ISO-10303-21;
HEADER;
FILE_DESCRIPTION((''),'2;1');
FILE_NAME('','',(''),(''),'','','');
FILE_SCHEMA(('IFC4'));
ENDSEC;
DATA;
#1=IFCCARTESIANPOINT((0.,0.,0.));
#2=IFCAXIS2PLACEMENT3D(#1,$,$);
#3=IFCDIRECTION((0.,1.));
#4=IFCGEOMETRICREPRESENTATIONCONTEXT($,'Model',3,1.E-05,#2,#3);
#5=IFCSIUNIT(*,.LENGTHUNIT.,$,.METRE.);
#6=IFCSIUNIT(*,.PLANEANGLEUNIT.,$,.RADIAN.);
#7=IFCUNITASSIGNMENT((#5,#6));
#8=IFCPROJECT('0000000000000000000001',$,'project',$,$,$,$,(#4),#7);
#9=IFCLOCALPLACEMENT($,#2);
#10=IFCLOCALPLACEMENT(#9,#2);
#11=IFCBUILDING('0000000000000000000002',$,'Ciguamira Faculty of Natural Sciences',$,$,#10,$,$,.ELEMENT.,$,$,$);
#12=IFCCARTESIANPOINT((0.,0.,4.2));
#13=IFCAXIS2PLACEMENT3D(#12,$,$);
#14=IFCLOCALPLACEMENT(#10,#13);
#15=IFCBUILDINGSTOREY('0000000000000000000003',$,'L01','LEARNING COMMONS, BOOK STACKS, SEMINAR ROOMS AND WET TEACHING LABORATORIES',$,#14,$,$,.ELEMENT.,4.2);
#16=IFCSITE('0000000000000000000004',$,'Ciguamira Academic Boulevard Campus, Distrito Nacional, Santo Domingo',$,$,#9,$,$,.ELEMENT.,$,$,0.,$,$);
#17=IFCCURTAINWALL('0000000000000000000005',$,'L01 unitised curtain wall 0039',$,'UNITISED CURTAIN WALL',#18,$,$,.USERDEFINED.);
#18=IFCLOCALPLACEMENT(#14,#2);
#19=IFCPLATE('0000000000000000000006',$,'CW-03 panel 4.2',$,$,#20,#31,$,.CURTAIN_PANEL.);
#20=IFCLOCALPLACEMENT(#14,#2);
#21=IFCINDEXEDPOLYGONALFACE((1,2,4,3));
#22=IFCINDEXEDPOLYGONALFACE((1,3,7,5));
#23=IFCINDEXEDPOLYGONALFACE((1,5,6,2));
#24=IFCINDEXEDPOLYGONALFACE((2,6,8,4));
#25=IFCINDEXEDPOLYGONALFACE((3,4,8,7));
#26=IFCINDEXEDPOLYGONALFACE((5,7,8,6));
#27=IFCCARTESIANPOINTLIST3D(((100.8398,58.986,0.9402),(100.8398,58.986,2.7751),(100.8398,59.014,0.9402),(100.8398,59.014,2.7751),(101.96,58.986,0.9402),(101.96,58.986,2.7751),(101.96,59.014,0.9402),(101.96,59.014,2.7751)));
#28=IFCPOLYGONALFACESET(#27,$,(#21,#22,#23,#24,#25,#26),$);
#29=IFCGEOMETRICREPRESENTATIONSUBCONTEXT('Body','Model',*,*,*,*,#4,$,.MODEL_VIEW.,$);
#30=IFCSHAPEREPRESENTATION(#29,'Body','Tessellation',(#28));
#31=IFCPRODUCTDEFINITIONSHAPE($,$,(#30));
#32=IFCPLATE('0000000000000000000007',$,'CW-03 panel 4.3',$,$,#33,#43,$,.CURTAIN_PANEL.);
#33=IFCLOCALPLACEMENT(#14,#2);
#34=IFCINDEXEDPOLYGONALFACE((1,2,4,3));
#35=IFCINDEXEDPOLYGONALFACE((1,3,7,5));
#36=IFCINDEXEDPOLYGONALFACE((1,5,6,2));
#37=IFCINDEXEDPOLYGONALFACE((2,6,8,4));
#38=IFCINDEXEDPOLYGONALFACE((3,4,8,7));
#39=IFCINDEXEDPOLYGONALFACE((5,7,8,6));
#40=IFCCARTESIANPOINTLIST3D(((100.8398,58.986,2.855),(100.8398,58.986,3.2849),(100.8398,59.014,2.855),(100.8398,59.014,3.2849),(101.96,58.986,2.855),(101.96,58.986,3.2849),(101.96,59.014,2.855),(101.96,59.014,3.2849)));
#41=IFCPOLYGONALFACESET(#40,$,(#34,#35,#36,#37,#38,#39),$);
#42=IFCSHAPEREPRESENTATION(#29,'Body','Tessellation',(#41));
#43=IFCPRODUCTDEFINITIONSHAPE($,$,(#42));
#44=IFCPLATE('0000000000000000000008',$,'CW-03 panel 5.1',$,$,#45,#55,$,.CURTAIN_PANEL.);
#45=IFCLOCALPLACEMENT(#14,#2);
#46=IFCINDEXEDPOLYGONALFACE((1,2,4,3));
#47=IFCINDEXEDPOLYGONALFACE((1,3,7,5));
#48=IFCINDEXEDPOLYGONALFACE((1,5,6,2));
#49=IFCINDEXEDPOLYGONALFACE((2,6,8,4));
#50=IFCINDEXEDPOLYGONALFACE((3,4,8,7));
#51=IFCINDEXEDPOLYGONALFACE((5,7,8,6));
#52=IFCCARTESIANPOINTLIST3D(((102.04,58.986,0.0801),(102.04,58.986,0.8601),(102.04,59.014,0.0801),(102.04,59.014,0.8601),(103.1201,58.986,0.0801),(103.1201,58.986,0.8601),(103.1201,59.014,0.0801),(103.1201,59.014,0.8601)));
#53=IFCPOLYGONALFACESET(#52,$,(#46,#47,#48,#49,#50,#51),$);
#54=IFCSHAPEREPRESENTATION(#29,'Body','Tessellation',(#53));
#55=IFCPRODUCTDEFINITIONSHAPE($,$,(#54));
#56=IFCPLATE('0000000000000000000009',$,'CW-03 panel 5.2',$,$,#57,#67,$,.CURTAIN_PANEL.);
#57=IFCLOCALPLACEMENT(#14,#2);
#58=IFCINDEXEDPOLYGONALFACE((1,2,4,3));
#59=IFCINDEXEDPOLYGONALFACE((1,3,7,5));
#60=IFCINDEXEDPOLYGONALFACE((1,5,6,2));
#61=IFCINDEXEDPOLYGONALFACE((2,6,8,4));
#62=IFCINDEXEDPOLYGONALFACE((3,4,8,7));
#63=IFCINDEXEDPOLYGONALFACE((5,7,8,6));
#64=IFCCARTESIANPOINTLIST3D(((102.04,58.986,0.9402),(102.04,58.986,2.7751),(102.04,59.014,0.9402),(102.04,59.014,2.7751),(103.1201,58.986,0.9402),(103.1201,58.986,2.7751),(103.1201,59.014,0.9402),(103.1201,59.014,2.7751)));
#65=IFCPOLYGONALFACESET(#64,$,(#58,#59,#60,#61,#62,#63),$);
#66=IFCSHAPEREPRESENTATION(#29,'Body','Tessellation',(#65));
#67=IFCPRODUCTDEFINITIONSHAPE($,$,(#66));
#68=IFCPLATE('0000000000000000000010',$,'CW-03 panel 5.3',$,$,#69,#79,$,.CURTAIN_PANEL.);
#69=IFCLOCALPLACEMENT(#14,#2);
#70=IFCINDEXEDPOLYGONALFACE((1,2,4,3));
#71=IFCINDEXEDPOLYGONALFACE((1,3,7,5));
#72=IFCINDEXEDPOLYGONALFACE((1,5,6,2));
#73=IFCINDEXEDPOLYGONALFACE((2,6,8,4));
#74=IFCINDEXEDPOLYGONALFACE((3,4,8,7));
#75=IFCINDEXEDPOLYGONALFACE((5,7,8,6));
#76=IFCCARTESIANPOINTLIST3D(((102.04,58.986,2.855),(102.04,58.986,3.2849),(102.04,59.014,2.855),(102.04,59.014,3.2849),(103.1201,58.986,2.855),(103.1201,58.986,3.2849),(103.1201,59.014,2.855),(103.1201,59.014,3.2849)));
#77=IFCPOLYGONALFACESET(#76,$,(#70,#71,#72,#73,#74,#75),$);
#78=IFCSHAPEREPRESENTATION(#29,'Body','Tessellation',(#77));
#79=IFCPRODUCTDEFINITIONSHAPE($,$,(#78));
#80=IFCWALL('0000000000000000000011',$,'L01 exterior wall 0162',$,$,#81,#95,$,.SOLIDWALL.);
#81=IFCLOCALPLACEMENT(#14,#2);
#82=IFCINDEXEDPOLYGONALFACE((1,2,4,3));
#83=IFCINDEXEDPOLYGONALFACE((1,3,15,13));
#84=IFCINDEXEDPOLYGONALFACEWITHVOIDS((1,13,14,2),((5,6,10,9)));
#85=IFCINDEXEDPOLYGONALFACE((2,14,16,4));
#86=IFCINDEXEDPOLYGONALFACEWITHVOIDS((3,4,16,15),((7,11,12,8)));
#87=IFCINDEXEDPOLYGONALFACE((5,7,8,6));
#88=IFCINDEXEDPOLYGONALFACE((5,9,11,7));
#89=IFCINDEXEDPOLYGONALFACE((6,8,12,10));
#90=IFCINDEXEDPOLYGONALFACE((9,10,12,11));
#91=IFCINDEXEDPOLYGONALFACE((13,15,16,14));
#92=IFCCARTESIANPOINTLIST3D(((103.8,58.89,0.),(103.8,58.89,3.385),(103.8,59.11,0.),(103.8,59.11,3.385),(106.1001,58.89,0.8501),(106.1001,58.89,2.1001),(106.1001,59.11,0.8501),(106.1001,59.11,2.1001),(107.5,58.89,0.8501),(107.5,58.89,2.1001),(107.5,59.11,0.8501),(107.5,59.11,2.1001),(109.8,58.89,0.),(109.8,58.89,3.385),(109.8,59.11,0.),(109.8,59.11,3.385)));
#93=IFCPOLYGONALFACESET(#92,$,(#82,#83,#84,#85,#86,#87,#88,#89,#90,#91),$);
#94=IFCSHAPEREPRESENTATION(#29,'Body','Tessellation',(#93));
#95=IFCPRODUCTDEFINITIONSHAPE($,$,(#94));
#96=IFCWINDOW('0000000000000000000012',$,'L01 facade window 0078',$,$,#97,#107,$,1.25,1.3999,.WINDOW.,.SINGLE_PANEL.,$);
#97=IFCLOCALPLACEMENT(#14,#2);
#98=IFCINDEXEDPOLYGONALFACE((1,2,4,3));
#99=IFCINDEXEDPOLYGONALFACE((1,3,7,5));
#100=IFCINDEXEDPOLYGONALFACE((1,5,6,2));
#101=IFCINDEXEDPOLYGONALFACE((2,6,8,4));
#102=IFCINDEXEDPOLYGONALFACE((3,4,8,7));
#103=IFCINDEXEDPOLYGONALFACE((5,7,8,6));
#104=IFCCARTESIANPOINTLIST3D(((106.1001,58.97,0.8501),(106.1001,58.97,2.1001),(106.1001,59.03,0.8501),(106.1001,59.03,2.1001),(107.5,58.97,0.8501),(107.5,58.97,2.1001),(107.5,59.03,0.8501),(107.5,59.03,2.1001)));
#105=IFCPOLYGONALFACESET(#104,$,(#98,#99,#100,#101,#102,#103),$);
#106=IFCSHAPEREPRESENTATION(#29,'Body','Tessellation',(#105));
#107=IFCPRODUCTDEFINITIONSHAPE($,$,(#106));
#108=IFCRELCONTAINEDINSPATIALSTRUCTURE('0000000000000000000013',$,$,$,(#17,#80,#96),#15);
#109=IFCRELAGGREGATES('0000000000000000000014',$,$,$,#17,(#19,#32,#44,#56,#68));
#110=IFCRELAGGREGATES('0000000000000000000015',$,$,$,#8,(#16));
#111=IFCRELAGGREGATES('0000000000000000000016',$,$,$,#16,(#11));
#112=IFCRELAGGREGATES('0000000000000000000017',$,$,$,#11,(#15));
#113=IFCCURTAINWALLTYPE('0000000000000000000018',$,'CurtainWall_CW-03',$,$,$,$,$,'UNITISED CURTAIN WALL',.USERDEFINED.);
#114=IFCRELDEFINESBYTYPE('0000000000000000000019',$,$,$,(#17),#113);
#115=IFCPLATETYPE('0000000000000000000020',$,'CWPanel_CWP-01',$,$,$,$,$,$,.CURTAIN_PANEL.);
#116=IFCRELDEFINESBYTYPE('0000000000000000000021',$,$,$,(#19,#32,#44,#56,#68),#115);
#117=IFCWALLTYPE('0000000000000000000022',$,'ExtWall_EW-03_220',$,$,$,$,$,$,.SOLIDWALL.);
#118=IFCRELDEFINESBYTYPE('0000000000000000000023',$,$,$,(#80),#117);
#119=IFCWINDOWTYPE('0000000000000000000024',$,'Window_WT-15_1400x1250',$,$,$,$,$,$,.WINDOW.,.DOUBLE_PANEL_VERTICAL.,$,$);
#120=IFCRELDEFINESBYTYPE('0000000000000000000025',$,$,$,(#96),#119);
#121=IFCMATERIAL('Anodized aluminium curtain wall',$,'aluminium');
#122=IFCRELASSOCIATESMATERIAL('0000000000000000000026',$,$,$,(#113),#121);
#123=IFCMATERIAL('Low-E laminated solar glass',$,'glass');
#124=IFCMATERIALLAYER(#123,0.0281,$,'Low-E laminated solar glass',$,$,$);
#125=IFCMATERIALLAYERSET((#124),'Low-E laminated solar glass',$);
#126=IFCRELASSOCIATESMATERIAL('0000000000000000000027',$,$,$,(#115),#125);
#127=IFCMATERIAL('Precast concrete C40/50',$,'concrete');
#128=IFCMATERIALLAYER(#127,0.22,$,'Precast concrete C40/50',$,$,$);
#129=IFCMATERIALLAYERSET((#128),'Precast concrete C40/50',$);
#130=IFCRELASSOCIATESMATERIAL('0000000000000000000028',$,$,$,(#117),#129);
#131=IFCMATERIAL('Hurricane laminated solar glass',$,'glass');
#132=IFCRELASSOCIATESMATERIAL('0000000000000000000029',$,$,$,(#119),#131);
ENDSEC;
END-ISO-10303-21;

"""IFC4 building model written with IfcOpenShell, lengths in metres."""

from ifc_helpers import new_model, si_unit, direction, frame, frame_2d, origin, origin_2d, place, context, subcontext, project, spatial, rectangle, extrude, material, layer, layer_set, type_object, element, fill, aggregate, save


model = new_model("IFC4")

# Units and contexts
model_context = context("Model", 3, precision=1e-05, world=origin(), true_north=direction((0.0, 1.0)))
body_context = subcontext(model_context, "Body", "Model", "MODEL_VIEW")
ifc_project = project(units=[si_unit("LENGTHUNIT", "METRE"), si_unit("PLANEANGLEUNIT", "RADIAN")], contexts=[model_context])

# Site, building, storey
site_placement = place(None, origin())
site = spatial("IfcSite", under=ifc_project, at=site_placement, Name="Ciguamira Academic Boulevard Campus, Distrito Nacional, Santo Domingo", CompositionType="ELEMENT", RefElevation=0.0)
building_placement = place(site_placement, origin())
building = spatial("IfcBuilding", under=site, at=building_placement, Name="Ciguamira Faculty of Natural Sciences", CompositionType="ELEMENT")
storey_placement = place(building_placement, frame((0.0, 0.0, 4.2)))
storey = spatial("IfcBuildingStorey", under=building, at=storey_placement, Name="L01", Description="LEARNING COMMONS, BOOK STACKS, SEMINAR ROOMS AND WET TEACHING LABORATORIES", CompositionType="ELEMENT", Elevation=4.2)

# Curtain wall
ifc_material_1 = material(Name="Anodized aluminium curtain wall", Category="aluminium")
curtain_wall_type = type_object("IfcCurtainWallType", Name="CurtainWall_CW-03", ElementType="UNITISED CURTAIN WALL", PredefinedType="USERDEFINED", material=ifc_material_1)
curtain_wall_placement = place(storey_placement, origin())
curtain_wall = element("IfcCurtainWall", 1, at=curtain_wall_placement, inside=storey, type_object=curtain_wall_type, Name="L01 unitised curtain wall 0039", ObjectType="UNITISED CURTAIN WALL", PredefinedType="USERDEFINED")

# Plates
ifc_material_2 = material(Name="Low-E laminated solar glass", Category="glass")
ifc_layer_1 = layer(ifc_material_2, 0.0281, Name="Low-E laminated solar glass")
ifc_layer_set_1 = layer_set([ifc_layer_1], Name="Low-E laminated solar glass")
plate_type = type_object("IfcPlateType", Name="CWPanel_CWP-01", PredefinedType="CURTAIN_PANEL", material=ifc_layer_set_1)
plate_1_placement = place(storey_placement, frame((101.3999, 59.0, 0.9402), z_axis=(0.0, 0.0, 1.0), x_axis=(1.0, 0.0, 0.0)))
plate_1 = element("IfcPlate", 2, at=plate_1_placement, type_object=plate_type, Name="CW-03 panel 4.2", PredefinedType="CURTAIN_PANEL", context=body_context, shape_type="SweptSolid", body=[
    extrude(rectangle(XDim=1.1201, YDim=0.0281, at=origin_2d()), origin(), (0.0, 0.0, 1.0), 1.835),
])
plate_2_placement = place(storey_placement, frame((101.3999, 59.0, 2.855), z_axis=(0.0, 0.0, 1.0), x_axis=(1.0, 0.0, 0.0)))
plate_2 = element("IfcPlate", 3, at=plate_2_placement, type_object=plate_type, Name="CW-03 panel 4.3", PredefinedType="CURTAIN_PANEL", context=body_context, shape_type="SweptSolid", body=[
    extrude(rectangle(XDim=1.1201, YDim=0.0281, at=origin_2d()), origin(), (0.0, 0.0, 1.0), 0.4299),
])
plate_3_placement = place(storey_placement, frame((102.5801, 59.0, 0.0801), z_axis=(0.0, 0.0, 1.0), x_axis=(1.0, 0.0, 0.0)))
plate_3 = element("IfcPlate", 4, at=plate_3_placement, type_object=plate_type, Name="CW-03 panel 5.1", PredefinedType="CURTAIN_PANEL", context=body_context, shape_type="SweptSolid", body=[
    extrude(rectangle(XDim=1.0801, YDim=0.0281, at=origin_2d()), origin(), (0.0, 0.0, 1.0), 0.78),
])
plate_4_placement = place(storey_placement, frame((102.5801, 59.0, 0.9402), z_axis=(0.0, 0.0, 1.0), x_axis=(1.0, 0.0, 0.0)))
plate_4 = element("IfcPlate", 5, at=plate_4_placement, type_object=plate_type, Name="CW-03 panel 5.2", PredefinedType="CURTAIN_PANEL", context=body_context, shape_type="SweptSolid", body=[
    extrude(rectangle(XDim=1.0801, YDim=0.0281, at=origin_2d()), origin(), (0.0, 0.0, 1.0), 1.835),
])
plate_5_placement = place(storey_placement, frame((102.5801, 59.0, 2.855), z_axis=(0.0, 0.0, 1.0), x_axis=(1.0, 0.0, 0.0)))
plate_5 = element("IfcPlate", 6, at=plate_5_placement, type_object=plate_type, Name="CW-03 panel 5.3", PredefinedType="CURTAIN_PANEL", context=body_context, shape_type="SweptSolid", body=[
    extrude(rectangle(XDim=1.0801, YDim=0.0281, at=origin_2d()), origin(), (0.0, 0.0, 1.0), 0.4299),
])
aggregate(curtain_wall, [plate_1, plate_2, plate_3, plate_4, plate_5])

# Wall, opening, window
ifc_material_3 = material(Name="Precast concrete C40/50", Category="concrete")
ifc_layer_2 = layer(ifc_material_3, 0.22, Name="Precast concrete C40/50")
ifc_layer_set_2 = layer_set([ifc_layer_2], Name="Precast concrete C40/50")
wall_type = type_object("IfcWallType", Name="ExtWall_EW-03_220", PredefinedType="SOLIDWALL", material=ifc_layer_set_2)
wall_placement = place(storey_placement, frame((103.8, 59.0, 0.0), z_axis=(0.0, 0.0, 1.0), x_axis=(1.0, 0.0, 0.0)))
wall = element("IfcWall", 7, at=wall_placement, inside=storey, type_object=wall_type, Name="L01 exterior wall 0162", PredefinedType="SOLIDWALL", context=body_context, shape_type="SweptSolid", body=[
    extrude(rectangle(XDim=6.0, YDim=0.22, at=frame_2d((3.0, 0.0))), origin(), (0.0, 0.0, 1.0), 3.385),
])
opening_placement = place(wall_placement, frame((2.3, 0.0, 0.8501)))
opening = element("IfcOpeningElement", 8, at=opening_placement, cuts=wall, PredefinedType="OPENING", context=body_context, shape_type="SweptSolid", body=[
    extrude(rectangle(XDim=1.3999, YDim=1.25, at=frame_2d((0.7, 0.625))), frame((0.0, 0.1199, 0.0), z_axis=(0.0, -1.0, 0.0), x_axis=(1.0, 0.0, 0.0)), (0.0, 0.0, 1.0), 0.24),
])
ifc_material_4 = material(Name="Hurricane laminated solar glass", Category="glass")
window_type = type_object("IfcWindowType", Name="Window_WT-15_1400x1250", PartitioningType="DOUBLE_PANEL_VERTICAL", PredefinedType="WINDOW", material=ifc_material_4)
window_placement = place(opening_placement, origin())
window = element("IfcWindow", 9, at=window_placement, inside=storey, type_object=window_type, Name="L01 facade window 0078", OverallHeight=1.25, OverallWidth=1.3999, PartitioningType="SINGLE_PANEL", PredefinedType="WINDOW", context=body_context, shape_type="SweptSolid", body=[
    extrude(rectangle(XDim=1.3999, YDim=1.25, at=frame_2d((0.7, 0.625))), frame((0.0, 0.03, 0.0), z_axis=(0.0, -1.0, 0.0), x_axis=(1.0, 0.0, 0.0)), (0.0, 0.0, 1.0), 0.0601),
])
fill(opening, window)

save(model, "model.ifc")
